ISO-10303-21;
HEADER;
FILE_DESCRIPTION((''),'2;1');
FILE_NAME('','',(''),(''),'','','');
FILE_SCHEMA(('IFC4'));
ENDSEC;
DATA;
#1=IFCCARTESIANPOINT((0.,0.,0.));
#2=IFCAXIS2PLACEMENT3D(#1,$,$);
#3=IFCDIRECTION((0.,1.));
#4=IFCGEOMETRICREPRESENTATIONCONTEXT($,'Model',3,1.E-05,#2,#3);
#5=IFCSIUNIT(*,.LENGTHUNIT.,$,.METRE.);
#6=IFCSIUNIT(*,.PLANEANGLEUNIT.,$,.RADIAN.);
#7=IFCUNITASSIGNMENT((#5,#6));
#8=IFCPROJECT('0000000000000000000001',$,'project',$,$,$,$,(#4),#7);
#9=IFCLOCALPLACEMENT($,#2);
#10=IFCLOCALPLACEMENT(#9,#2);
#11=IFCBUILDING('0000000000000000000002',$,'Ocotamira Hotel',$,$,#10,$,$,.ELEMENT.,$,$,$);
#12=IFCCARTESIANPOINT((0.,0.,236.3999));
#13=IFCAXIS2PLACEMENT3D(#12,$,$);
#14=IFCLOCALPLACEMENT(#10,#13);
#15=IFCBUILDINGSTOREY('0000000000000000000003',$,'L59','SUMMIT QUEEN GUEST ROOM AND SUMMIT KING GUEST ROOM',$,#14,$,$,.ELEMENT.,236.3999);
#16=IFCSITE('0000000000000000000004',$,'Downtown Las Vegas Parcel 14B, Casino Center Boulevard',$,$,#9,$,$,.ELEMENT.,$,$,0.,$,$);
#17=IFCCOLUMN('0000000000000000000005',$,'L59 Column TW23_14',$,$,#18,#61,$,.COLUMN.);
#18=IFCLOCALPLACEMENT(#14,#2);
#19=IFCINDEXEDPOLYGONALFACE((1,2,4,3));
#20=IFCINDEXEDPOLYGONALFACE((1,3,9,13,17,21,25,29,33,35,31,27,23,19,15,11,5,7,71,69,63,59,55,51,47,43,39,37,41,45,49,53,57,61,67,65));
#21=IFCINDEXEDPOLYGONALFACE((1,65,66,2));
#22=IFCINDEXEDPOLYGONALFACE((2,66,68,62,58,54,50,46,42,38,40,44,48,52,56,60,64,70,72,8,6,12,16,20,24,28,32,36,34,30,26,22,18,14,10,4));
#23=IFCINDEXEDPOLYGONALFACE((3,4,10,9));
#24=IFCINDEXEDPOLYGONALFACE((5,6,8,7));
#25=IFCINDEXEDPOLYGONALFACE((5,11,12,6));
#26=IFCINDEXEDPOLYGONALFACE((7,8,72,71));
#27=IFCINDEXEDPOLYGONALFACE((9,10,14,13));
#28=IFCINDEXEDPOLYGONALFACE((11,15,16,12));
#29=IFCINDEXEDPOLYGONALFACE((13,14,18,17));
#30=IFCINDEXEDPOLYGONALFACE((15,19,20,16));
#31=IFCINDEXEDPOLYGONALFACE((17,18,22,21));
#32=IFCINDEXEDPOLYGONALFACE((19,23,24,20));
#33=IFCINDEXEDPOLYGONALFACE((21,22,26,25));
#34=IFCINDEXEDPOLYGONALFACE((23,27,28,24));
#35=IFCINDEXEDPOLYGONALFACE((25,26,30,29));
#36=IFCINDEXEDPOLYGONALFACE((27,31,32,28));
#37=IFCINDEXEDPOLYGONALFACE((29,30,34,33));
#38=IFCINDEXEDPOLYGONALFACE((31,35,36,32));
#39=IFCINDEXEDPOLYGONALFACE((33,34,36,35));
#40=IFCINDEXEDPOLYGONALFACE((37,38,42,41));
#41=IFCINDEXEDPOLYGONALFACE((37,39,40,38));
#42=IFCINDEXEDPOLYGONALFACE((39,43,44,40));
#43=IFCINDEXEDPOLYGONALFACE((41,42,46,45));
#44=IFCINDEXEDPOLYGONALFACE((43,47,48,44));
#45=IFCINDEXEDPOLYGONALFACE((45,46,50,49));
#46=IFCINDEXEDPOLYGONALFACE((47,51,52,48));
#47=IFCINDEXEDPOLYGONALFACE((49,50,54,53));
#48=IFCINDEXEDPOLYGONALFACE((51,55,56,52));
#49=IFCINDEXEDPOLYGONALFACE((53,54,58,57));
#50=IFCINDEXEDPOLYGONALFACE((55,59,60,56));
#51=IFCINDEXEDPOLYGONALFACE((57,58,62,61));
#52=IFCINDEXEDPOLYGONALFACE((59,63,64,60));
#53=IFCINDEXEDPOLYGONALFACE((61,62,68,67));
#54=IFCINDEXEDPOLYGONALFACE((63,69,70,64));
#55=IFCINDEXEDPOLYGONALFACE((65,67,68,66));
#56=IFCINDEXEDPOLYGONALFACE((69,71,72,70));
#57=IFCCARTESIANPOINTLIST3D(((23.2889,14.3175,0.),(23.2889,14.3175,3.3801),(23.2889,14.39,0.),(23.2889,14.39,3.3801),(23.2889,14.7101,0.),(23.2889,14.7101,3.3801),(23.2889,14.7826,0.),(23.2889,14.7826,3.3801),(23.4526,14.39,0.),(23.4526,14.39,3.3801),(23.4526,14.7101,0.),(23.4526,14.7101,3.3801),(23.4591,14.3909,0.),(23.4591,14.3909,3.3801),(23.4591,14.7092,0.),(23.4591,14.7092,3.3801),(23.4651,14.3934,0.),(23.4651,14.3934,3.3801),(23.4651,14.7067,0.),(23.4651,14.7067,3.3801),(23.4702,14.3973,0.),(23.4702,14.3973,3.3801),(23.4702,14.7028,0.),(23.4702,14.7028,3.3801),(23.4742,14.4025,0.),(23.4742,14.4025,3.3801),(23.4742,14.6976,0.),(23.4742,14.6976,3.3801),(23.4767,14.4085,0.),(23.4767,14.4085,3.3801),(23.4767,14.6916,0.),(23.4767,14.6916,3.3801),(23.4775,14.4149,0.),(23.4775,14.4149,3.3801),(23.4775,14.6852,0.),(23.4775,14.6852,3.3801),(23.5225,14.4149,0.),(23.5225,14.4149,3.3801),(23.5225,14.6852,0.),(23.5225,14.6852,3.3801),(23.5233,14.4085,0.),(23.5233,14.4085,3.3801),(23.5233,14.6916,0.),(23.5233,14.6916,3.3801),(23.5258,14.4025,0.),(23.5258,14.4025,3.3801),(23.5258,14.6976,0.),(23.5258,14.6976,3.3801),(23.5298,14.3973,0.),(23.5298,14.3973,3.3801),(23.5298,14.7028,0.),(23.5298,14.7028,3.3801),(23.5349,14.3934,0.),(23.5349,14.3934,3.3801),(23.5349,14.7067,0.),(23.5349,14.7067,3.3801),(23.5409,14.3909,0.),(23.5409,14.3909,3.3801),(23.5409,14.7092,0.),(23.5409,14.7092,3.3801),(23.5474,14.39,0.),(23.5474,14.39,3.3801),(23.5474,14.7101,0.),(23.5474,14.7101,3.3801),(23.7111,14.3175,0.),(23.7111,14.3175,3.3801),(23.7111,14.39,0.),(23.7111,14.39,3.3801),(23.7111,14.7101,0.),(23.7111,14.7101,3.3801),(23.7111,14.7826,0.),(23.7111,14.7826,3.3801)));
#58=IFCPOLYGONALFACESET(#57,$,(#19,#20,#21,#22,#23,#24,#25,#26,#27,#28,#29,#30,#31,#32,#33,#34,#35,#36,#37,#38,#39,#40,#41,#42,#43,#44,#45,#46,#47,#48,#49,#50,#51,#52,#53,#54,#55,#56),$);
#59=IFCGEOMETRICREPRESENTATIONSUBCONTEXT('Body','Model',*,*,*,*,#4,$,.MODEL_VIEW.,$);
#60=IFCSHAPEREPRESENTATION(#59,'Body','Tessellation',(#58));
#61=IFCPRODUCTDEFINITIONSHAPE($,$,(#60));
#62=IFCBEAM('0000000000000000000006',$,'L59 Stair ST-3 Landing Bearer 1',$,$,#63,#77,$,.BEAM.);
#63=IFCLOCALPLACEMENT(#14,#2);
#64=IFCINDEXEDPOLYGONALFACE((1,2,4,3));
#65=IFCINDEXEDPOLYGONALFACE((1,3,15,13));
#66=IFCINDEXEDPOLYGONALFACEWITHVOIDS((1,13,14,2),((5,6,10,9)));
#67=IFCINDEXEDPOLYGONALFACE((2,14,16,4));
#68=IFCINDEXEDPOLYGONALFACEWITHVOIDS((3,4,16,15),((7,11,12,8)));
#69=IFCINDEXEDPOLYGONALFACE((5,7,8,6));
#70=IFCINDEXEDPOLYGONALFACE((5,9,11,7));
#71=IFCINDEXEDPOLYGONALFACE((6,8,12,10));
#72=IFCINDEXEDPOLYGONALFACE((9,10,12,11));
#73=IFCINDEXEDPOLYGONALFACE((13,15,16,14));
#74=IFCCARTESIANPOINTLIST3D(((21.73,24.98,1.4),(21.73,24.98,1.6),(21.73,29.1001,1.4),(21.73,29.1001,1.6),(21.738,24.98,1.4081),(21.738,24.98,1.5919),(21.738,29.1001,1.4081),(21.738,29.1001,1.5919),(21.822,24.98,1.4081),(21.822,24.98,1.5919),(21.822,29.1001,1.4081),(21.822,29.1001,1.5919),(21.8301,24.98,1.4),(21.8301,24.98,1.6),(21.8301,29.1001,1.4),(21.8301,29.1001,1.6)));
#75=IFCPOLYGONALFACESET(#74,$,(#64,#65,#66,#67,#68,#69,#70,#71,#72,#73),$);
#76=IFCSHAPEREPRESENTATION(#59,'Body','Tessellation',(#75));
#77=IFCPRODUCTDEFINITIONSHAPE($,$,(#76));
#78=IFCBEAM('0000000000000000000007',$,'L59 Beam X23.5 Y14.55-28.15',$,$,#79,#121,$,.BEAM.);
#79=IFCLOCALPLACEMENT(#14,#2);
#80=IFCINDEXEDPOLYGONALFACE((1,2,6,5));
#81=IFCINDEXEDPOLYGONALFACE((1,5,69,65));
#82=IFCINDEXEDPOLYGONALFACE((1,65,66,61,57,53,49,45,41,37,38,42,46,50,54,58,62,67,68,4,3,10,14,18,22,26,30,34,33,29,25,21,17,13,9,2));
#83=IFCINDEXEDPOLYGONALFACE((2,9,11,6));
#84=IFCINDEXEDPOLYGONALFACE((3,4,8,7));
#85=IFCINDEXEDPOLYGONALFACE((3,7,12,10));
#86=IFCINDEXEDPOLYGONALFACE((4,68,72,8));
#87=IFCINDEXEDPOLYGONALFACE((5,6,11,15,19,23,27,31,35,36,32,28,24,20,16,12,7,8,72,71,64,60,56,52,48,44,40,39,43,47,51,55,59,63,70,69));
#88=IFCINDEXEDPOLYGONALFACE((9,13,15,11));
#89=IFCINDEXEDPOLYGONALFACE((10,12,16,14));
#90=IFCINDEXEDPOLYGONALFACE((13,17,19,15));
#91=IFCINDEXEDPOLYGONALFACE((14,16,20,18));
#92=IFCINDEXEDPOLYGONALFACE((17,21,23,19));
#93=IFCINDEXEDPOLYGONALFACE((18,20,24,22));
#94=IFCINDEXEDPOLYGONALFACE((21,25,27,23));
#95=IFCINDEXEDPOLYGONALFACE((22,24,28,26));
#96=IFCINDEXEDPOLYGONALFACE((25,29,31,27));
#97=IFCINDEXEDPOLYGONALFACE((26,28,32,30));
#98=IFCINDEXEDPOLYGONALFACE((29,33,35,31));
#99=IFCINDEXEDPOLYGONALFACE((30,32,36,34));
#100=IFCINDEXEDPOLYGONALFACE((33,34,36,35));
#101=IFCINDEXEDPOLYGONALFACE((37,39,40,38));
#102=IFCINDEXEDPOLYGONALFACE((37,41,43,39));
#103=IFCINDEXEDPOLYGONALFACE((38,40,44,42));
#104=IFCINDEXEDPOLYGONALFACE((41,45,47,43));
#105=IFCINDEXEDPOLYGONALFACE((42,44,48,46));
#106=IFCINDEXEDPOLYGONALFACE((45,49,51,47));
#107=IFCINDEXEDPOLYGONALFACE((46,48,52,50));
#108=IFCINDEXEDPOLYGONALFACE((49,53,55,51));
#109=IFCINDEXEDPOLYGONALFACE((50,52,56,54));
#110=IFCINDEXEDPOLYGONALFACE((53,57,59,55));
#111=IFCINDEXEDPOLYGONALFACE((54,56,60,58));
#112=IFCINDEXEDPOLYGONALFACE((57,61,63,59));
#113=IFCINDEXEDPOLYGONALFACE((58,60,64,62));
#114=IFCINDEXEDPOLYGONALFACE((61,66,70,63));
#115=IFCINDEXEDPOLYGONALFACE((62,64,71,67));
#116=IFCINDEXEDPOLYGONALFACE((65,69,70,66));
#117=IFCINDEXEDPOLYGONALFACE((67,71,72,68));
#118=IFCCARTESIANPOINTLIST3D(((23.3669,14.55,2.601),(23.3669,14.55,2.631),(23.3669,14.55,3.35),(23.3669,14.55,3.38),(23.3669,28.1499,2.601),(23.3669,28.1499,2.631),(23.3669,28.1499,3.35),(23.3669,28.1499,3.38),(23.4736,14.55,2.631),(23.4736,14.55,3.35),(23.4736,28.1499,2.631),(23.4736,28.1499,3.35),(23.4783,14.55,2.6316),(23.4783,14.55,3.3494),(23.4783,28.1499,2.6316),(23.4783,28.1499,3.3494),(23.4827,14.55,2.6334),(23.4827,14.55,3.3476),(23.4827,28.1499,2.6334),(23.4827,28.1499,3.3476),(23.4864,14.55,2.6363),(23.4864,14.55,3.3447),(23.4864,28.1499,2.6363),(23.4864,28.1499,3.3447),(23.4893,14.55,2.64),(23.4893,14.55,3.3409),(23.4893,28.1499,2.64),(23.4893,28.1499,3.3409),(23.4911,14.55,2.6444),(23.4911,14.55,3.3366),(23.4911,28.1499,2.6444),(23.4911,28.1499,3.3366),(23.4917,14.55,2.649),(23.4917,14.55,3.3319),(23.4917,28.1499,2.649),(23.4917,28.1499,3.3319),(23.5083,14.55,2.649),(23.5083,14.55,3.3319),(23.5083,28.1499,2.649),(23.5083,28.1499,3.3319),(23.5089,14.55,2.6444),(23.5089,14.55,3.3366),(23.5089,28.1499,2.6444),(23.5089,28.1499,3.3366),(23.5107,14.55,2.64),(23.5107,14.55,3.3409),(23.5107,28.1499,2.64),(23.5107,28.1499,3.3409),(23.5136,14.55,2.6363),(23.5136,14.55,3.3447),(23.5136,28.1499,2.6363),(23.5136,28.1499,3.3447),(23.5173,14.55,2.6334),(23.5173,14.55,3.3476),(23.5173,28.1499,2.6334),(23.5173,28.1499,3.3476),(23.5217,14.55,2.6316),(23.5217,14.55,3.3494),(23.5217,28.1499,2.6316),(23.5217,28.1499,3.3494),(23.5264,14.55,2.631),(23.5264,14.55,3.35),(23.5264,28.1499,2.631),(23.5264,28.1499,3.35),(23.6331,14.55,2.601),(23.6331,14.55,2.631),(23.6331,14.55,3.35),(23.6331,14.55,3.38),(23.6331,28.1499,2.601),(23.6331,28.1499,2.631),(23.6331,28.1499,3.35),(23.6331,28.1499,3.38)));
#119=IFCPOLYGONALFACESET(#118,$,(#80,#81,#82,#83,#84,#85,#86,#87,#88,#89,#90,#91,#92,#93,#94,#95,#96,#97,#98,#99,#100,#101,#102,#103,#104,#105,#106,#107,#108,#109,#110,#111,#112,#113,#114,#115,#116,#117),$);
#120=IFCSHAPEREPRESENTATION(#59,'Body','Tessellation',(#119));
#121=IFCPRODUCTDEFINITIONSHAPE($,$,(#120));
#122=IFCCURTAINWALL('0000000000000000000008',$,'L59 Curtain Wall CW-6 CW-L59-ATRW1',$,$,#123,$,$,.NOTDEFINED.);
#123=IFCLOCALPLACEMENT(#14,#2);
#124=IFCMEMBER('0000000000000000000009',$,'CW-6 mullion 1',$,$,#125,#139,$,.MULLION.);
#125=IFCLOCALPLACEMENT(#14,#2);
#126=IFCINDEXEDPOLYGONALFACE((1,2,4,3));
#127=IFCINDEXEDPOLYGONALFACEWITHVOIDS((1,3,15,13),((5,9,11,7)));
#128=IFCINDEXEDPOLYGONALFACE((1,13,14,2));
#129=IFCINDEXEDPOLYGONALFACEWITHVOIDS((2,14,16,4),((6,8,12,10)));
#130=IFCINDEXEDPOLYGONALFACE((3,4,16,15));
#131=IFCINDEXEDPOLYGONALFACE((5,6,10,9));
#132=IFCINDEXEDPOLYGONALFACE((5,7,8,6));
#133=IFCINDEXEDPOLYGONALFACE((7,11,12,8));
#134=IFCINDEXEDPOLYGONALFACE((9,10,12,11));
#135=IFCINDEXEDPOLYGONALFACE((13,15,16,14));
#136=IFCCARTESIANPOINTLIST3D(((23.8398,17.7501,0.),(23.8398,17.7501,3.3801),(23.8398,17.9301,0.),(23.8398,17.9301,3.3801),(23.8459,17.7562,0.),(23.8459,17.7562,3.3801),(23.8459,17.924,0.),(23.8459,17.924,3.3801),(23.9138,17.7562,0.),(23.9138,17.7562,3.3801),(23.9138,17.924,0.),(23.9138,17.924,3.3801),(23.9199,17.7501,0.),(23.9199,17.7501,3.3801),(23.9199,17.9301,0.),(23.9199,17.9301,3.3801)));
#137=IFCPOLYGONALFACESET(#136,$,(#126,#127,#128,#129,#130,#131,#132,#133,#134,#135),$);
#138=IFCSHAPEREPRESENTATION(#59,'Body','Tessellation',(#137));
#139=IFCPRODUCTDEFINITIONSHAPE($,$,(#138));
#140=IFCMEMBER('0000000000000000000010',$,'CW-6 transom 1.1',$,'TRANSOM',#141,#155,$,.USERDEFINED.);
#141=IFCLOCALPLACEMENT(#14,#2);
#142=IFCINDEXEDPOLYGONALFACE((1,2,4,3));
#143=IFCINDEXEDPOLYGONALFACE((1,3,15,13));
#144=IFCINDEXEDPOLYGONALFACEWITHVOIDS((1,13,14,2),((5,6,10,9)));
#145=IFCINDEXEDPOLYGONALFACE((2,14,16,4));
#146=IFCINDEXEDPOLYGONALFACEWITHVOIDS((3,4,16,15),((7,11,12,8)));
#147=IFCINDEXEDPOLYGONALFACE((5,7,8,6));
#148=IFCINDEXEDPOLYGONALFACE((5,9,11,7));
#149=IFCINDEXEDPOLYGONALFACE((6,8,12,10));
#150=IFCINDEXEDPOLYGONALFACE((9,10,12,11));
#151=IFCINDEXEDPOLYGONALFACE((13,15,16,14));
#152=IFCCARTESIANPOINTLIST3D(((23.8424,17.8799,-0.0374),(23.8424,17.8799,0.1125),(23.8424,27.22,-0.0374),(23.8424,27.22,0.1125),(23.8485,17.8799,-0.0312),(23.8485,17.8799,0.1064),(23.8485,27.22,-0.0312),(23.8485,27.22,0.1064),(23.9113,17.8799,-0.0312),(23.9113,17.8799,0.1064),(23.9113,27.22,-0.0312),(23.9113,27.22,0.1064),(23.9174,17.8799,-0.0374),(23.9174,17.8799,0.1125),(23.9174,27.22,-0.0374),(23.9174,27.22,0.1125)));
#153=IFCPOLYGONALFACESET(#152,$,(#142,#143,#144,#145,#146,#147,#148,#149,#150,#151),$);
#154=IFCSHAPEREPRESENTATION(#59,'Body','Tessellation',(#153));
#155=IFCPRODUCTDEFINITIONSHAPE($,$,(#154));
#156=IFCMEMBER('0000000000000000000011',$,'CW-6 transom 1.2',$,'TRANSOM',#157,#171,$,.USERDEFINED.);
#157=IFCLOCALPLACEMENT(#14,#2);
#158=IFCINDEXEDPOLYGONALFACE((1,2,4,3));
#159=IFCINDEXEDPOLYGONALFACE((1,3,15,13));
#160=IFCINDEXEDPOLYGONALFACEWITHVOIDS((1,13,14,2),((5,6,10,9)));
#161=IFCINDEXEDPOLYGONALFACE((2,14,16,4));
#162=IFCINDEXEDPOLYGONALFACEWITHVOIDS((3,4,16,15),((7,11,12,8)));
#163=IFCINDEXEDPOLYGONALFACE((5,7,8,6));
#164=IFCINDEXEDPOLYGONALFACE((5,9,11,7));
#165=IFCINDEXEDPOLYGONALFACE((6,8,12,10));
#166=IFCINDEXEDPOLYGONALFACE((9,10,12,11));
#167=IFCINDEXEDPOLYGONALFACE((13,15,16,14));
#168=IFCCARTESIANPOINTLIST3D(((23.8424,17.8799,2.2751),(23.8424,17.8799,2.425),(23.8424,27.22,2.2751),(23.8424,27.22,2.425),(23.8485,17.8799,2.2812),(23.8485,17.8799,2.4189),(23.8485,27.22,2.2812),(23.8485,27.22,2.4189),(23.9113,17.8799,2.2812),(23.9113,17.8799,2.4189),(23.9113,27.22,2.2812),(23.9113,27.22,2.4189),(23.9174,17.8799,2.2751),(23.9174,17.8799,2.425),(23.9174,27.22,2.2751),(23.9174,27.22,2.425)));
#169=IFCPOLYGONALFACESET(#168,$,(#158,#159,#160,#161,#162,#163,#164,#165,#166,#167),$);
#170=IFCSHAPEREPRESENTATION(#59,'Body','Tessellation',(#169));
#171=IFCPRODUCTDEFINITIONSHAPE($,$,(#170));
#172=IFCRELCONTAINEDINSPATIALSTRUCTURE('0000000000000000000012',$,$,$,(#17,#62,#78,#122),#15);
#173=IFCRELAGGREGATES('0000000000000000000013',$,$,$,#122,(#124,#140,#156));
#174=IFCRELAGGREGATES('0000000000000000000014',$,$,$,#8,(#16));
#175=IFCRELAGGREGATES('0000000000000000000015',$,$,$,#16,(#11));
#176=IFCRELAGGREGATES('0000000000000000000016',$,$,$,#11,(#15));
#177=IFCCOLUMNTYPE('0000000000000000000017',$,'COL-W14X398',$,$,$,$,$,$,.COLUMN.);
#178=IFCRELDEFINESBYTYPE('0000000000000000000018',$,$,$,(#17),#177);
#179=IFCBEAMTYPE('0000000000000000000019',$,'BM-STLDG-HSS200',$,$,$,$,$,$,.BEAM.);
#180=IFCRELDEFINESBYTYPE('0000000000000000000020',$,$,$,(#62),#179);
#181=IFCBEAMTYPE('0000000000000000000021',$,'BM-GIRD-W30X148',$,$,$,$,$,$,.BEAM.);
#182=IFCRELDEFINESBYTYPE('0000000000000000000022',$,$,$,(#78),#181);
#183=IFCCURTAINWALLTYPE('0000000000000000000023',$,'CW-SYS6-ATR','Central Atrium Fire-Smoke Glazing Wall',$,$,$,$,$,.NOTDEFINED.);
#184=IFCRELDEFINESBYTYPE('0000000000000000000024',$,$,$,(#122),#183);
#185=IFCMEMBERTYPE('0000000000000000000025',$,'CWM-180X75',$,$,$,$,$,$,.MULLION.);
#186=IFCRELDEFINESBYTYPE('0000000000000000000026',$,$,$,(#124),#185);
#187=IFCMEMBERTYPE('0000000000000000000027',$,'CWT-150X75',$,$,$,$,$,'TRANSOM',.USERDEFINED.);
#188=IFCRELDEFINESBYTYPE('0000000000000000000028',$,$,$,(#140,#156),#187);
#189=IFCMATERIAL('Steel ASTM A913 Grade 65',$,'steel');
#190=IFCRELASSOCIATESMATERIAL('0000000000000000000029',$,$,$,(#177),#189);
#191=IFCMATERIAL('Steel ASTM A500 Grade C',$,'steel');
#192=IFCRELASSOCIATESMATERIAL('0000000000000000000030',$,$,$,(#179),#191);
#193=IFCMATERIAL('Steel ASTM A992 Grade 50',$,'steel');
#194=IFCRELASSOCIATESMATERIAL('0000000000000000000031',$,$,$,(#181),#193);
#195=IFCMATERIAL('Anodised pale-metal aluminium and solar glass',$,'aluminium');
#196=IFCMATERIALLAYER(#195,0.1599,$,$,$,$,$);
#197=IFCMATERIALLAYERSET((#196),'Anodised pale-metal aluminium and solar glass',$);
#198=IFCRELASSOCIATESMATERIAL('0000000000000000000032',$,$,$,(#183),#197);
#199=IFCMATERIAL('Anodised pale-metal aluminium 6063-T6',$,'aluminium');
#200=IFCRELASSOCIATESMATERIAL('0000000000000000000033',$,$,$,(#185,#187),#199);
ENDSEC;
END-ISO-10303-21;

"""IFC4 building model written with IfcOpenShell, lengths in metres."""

from ifc_helpers import new_model, si_unit, direction, frame, origin, origin_2d, place, context, subcontext, project, spatial, hollow_rectangle, i_section, extrude, source, transform, mapped, material, layer, layer_set, material_profile, profile_set, type_object, element, aggregate, save


model = new_model("IFC4")

# Units and contexts
model_context = context("Model", 3, precision=1e-05, world=origin(), true_north=direction((0.0, 1.0)))
body_context = subcontext(model_context, "Body", "Model", "MODEL_VIEW")
ifc_project = project(units=[si_unit("LENGTHUNIT", "METRE"), si_unit("PLANEANGLEUNIT", "RADIAN")], contexts=[model_context])

# Site, building, storey
site_placement = place(None, origin())
site = spatial("IfcSite", under=ifc_project, at=site_placement, Name="Downtown Las Vegas Parcel 14B, Casino Center Boulevard", CompositionType="ELEMENT", RefElevation=0.0)
building_placement = place(site_placement, origin())
building = spatial("IfcBuilding", under=site, at=building_placement, Name="Ocotamira Hotel", CompositionType="ELEMENT")
storey_placement = place(building_placement, frame((0.0, 0.0, 236.3999)))
storey = spatial("IfcBuildingStorey", under=building, at=storey_placement, Name="L59", Description="SUMMIT QUEEN GUEST ROOM AND SUMMIT KING GUEST ROOM", CompositionType="ELEMENT", Elevation=236.3999)

# Column
ifc_material_1 = material(Name="Steel ASTM A913 Grade 65", Category="steel")
ifc_material_profile_1 = material_profile(ifc_material_1, i_section(OverallWidth=0.4221, OverallDepth=0.4651, WebThickness=0.0449, FlangeThickness=0.0725, FilletRadius=0.0249, at=origin_2d()), Name="W14X398")
ifc_profile_set_1 = profile_set([ifc_material_profile_1], Name="Steel ASTM A913 Grade 65")
column_type = type_object("IfcColumnType", Name="COL-W14X398", PredefinedType="COLUMN", material=ifc_profile_set_1)
shared_shape_1 = source(origin(), body_context, "Body", "SweptSolid", [
    extrude(i_section(OverallWidth=0.4221, OverallDepth=0.4651, WebThickness=0.0449, FlangeThickness=0.0725, FilletRadius=0.0249, at=origin_2d()), origin(), (0.0, 0.0, 1.0), 3.3801),
])
column_placement = place(storey_placement, frame((23.5, 14.55, 0.0), z_axis=(0.0, 0.0, 1.0), x_axis=(1.0, 0.0, 0.0)))
element("IfcColumn", 1, at=column_placement, inside=storey, type_object=column_type, Name="L59 Column TW23_14", PredefinedType="COLUMN", context=body_context, shape_type="MappedRepresentation", body=[
    mapped(shared_shape_1, transform((0.0, 0.0, 0.0), scale=1.0)),
])

# Beams
ifc_material_2 = material(Name="Steel ASTM A500 Grade C", Category="steel")
ifc_material_profile_2 = material_profile(ifc_material_2, hollow_rectangle(XDim=0.1001, YDim=0.2, WallThickness=0.0081, at=origin_2d()), Name="HSS200X100X8")
ifc_profile_set_2 = profile_set([ifc_material_profile_2], Name="Steel ASTM A500 Grade C")
beam_type_1 = type_object("IfcBeamType", Name="BM-STLDG-HSS200", PredefinedType="BEAM", material=ifc_profile_set_2)
shared_shape_2 = source(origin(), body_context, "Body", "SweptSolid", [
    extrude(hollow_rectangle(XDim=0.1001, YDim=0.2, WallThickness=0.0081, at=origin_2d()), origin(), (0.0, 0.0, 1.0), 4.1201),
])
beam_1_placement = place(storey_placement, frame((21.78, 24.98, 1.5), z_axis=(0.0, 1.0, 0.0), x_axis=(-1.0, 0.0, 0.0)))
element("IfcBeam", 2, at=beam_1_placement, inside=storey, type_object=beam_type_1, Name="L59 Stair ST-3 Landing Bearer 1", PredefinedType="BEAM", context=body_context, shape_type="MappedRepresentation", body=[
    mapped(shared_shape_2, transform((0.0, 0.0, 0.0), scale=1.0)),
])
ifc_material_3 = material(Name="Steel ASTM A992 Grade 50", Category="steel")
ifc_material_profile_3 = material_profile(ifc_material_3, i_section(OverallWidth=0.2661, OverallDepth=0.7791, WebThickness=0.0166, FlangeThickness=0.03, FilletRadius=0.0181, at=origin_2d()), Name="W30X148")
ifc_profile_set_3 = profile_set([ifc_material_profile_3], Name="Steel ASTM A992 Grade 50")
beam_type_2 = type_object("IfcBeamType", Name="BM-GIRD-W30X148", PredefinedType="BEAM", material=ifc_profile_set_3)
shared_shape_3 = source(origin(), body_context, "Body", "SweptSolid", [
    extrude(i_section(OverallWidth=0.2661, OverallDepth=0.7791, WebThickness=0.0166, FlangeThickness=0.03, FilletRadius=0.0181, at=origin_2d()), origin(), (0.0, 0.0, 1.0), 13.5999),
])
beam_2_placement = place(storey_placement, frame((23.5, 14.55, 2.9905), z_axis=(0.0, 1.0, 0.0), x_axis=(-1.0, 0.0, 0.0)))
element("IfcBeam", 3, at=beam_2_placement, inside=storey, type_object=beam_type_2, Name="L59 Beam X23.5 Y14.55-28.15", PredefinedType="BEAM", context=body_context, shape_type="MappedRepresentation", body=[
    mapped(shared_shape_3, transform((0.0, 0.0, 0.0), scale=1.0)),
])

# Curtain wall, members
ifc_material_4 = material(Name="Anodised pale-metal aluminium and solar glass", Category="aluminium")
ifc_layer_1 = layer(ifc_material_4, 0.1599)
ifc_layer_set_1 = layer_set([ifc_layer_1], Name="Anodised pale-metal aluminium and solar glass")
curtain_wall_type = type_object("IfcCurtainWallType", Name="CW-SYS6-ATR", Description="Central Atrium Fire-Smoke Glazing Wall", PredefinedType="NOTDEFINED", material=ifc_layer_set_1)
curtain_wall_placement = place(storey_placement, origin())
curtain_wall = element("IfcCurtainWall", 4, at=curtain_wall_placement, inside=storey, type_object=curtain_wall_type, Name="L59 Curtain Wall CW-6 CW-L59-ATRW1", PredefinedType="NOTDEFINED")
ifc_material_5 = material(Name="Anodised pale-metal aluminium 6063-T6", Category="aluminium")
ifc_material_profile_4 = material_profile(ifc_material_5, hollow_rectangle(XDim=0.0801, YDim=0.1799, WallThickness=0.0061, at=origin_2d()), Name="HSS180X80X6")
ifc_profile_set_4 = profile_set([ifc_material_profile_4], Name="Anodised pale-metal aluminium 6063-T6")
member_type_1 = type_object("IfcMemberType", Name="CWM-180X75", PredefinedType="MULLION", material=ifc_profile_set_4)
shared_shape_4 = source(origin(), body_context, "Body", "SweptSolid", [
    extrude(hollow_rectangle(XDim=0.0801, YDim=0.1799, WallThickness=0.0061, at=origin_2d()), origin(), (0.0, 0.0, 1.0), 3.3801),
])
member_1_placement = place(storey_placement, frame((23.8799, 17.8401, 0.0), z_axis=(0.0, 0.0, 1.0), x_axis=(-1.0, 0.0, 0.0)))
member_1 = element("IfcMember", 5, at=member_1_placement, type_object=member_type_1, Name="CW-6 mullion 1", PredefinedType="MULLION", context=body_context, shape_type="MappedRepresentation", body=[
    mapped(shared_shape_4, transform((0.0, 0.0, 0.0), scale=1.0)),
])
ifc_material_profile_5 = material_profile(ifc_material_5, hollow_rectangle(XDim=0.075, YDim=0.1499, WallThickness=0.0061, at=origin_2d()), Name="HSS150X75X6")
ifc_profile_set_5 = profile_set([ifc_material_profile_5], Name="Anodised pale-metal aluminium 6063-T6")
member_type_2 = type_object("IfcMemberType", Name="CWT-150X75", ElementType="TRANSOM", PredefinedType="USERDEFINED", material=ifc_profile_set_5)
shared_shape_5 = source(origin(), body_context, "Body", "SweptSolid", [
    extrude(hollow_rectangle(XDim=0.075, YDim=0.1499, WallThickness=0.0061, at=origin_2d()), origin(), (0.0, 0.0, 1.0), 9.3401),
])
member_2_placement = place(storey_placement, frame((23.8799, 17.8799, 0.0376), z_axis=(0.0, 1.0, 0.0), x_axis=(-1.0, 0.0, 0.0)))
member_2 = element("IfcMember", 6, at=member_2_placement, type_object=member_type_2, Name="CW-6 transom 1.1", ObjectType="TRANSOM", PredefinedType="USERDEFINED", context=body_context, shape_type="MappedRepresentation", body=[
    mapped(shared_shape_5, transform((0.0, 0.0, 0.0), scale=1.0)),
])
member_3_placement = place(storey_placement, frame((23.8799, 17.8799, 2.3501), z_axis=(0.0, 1.0, 0.0), x_axis=(-1.0, 0.0, 0.0)))
member_3 = element("IfcMember", 7, at=member_3_placement, type_object=member_type_2, Name="CW-6 transom 1.2", ObjectType="TRANSOM", PredefinedType="USERDEFINED", context=body_context, shape_type="MappedRepresentation", body=[
    mapped(shared_shape_5, transform((0.0, 0.0, 0.0), scale=1.0)),
])
aggregate(curtain_wall, [member_1, member_2, member_3])

save(model, "model.ifc")
